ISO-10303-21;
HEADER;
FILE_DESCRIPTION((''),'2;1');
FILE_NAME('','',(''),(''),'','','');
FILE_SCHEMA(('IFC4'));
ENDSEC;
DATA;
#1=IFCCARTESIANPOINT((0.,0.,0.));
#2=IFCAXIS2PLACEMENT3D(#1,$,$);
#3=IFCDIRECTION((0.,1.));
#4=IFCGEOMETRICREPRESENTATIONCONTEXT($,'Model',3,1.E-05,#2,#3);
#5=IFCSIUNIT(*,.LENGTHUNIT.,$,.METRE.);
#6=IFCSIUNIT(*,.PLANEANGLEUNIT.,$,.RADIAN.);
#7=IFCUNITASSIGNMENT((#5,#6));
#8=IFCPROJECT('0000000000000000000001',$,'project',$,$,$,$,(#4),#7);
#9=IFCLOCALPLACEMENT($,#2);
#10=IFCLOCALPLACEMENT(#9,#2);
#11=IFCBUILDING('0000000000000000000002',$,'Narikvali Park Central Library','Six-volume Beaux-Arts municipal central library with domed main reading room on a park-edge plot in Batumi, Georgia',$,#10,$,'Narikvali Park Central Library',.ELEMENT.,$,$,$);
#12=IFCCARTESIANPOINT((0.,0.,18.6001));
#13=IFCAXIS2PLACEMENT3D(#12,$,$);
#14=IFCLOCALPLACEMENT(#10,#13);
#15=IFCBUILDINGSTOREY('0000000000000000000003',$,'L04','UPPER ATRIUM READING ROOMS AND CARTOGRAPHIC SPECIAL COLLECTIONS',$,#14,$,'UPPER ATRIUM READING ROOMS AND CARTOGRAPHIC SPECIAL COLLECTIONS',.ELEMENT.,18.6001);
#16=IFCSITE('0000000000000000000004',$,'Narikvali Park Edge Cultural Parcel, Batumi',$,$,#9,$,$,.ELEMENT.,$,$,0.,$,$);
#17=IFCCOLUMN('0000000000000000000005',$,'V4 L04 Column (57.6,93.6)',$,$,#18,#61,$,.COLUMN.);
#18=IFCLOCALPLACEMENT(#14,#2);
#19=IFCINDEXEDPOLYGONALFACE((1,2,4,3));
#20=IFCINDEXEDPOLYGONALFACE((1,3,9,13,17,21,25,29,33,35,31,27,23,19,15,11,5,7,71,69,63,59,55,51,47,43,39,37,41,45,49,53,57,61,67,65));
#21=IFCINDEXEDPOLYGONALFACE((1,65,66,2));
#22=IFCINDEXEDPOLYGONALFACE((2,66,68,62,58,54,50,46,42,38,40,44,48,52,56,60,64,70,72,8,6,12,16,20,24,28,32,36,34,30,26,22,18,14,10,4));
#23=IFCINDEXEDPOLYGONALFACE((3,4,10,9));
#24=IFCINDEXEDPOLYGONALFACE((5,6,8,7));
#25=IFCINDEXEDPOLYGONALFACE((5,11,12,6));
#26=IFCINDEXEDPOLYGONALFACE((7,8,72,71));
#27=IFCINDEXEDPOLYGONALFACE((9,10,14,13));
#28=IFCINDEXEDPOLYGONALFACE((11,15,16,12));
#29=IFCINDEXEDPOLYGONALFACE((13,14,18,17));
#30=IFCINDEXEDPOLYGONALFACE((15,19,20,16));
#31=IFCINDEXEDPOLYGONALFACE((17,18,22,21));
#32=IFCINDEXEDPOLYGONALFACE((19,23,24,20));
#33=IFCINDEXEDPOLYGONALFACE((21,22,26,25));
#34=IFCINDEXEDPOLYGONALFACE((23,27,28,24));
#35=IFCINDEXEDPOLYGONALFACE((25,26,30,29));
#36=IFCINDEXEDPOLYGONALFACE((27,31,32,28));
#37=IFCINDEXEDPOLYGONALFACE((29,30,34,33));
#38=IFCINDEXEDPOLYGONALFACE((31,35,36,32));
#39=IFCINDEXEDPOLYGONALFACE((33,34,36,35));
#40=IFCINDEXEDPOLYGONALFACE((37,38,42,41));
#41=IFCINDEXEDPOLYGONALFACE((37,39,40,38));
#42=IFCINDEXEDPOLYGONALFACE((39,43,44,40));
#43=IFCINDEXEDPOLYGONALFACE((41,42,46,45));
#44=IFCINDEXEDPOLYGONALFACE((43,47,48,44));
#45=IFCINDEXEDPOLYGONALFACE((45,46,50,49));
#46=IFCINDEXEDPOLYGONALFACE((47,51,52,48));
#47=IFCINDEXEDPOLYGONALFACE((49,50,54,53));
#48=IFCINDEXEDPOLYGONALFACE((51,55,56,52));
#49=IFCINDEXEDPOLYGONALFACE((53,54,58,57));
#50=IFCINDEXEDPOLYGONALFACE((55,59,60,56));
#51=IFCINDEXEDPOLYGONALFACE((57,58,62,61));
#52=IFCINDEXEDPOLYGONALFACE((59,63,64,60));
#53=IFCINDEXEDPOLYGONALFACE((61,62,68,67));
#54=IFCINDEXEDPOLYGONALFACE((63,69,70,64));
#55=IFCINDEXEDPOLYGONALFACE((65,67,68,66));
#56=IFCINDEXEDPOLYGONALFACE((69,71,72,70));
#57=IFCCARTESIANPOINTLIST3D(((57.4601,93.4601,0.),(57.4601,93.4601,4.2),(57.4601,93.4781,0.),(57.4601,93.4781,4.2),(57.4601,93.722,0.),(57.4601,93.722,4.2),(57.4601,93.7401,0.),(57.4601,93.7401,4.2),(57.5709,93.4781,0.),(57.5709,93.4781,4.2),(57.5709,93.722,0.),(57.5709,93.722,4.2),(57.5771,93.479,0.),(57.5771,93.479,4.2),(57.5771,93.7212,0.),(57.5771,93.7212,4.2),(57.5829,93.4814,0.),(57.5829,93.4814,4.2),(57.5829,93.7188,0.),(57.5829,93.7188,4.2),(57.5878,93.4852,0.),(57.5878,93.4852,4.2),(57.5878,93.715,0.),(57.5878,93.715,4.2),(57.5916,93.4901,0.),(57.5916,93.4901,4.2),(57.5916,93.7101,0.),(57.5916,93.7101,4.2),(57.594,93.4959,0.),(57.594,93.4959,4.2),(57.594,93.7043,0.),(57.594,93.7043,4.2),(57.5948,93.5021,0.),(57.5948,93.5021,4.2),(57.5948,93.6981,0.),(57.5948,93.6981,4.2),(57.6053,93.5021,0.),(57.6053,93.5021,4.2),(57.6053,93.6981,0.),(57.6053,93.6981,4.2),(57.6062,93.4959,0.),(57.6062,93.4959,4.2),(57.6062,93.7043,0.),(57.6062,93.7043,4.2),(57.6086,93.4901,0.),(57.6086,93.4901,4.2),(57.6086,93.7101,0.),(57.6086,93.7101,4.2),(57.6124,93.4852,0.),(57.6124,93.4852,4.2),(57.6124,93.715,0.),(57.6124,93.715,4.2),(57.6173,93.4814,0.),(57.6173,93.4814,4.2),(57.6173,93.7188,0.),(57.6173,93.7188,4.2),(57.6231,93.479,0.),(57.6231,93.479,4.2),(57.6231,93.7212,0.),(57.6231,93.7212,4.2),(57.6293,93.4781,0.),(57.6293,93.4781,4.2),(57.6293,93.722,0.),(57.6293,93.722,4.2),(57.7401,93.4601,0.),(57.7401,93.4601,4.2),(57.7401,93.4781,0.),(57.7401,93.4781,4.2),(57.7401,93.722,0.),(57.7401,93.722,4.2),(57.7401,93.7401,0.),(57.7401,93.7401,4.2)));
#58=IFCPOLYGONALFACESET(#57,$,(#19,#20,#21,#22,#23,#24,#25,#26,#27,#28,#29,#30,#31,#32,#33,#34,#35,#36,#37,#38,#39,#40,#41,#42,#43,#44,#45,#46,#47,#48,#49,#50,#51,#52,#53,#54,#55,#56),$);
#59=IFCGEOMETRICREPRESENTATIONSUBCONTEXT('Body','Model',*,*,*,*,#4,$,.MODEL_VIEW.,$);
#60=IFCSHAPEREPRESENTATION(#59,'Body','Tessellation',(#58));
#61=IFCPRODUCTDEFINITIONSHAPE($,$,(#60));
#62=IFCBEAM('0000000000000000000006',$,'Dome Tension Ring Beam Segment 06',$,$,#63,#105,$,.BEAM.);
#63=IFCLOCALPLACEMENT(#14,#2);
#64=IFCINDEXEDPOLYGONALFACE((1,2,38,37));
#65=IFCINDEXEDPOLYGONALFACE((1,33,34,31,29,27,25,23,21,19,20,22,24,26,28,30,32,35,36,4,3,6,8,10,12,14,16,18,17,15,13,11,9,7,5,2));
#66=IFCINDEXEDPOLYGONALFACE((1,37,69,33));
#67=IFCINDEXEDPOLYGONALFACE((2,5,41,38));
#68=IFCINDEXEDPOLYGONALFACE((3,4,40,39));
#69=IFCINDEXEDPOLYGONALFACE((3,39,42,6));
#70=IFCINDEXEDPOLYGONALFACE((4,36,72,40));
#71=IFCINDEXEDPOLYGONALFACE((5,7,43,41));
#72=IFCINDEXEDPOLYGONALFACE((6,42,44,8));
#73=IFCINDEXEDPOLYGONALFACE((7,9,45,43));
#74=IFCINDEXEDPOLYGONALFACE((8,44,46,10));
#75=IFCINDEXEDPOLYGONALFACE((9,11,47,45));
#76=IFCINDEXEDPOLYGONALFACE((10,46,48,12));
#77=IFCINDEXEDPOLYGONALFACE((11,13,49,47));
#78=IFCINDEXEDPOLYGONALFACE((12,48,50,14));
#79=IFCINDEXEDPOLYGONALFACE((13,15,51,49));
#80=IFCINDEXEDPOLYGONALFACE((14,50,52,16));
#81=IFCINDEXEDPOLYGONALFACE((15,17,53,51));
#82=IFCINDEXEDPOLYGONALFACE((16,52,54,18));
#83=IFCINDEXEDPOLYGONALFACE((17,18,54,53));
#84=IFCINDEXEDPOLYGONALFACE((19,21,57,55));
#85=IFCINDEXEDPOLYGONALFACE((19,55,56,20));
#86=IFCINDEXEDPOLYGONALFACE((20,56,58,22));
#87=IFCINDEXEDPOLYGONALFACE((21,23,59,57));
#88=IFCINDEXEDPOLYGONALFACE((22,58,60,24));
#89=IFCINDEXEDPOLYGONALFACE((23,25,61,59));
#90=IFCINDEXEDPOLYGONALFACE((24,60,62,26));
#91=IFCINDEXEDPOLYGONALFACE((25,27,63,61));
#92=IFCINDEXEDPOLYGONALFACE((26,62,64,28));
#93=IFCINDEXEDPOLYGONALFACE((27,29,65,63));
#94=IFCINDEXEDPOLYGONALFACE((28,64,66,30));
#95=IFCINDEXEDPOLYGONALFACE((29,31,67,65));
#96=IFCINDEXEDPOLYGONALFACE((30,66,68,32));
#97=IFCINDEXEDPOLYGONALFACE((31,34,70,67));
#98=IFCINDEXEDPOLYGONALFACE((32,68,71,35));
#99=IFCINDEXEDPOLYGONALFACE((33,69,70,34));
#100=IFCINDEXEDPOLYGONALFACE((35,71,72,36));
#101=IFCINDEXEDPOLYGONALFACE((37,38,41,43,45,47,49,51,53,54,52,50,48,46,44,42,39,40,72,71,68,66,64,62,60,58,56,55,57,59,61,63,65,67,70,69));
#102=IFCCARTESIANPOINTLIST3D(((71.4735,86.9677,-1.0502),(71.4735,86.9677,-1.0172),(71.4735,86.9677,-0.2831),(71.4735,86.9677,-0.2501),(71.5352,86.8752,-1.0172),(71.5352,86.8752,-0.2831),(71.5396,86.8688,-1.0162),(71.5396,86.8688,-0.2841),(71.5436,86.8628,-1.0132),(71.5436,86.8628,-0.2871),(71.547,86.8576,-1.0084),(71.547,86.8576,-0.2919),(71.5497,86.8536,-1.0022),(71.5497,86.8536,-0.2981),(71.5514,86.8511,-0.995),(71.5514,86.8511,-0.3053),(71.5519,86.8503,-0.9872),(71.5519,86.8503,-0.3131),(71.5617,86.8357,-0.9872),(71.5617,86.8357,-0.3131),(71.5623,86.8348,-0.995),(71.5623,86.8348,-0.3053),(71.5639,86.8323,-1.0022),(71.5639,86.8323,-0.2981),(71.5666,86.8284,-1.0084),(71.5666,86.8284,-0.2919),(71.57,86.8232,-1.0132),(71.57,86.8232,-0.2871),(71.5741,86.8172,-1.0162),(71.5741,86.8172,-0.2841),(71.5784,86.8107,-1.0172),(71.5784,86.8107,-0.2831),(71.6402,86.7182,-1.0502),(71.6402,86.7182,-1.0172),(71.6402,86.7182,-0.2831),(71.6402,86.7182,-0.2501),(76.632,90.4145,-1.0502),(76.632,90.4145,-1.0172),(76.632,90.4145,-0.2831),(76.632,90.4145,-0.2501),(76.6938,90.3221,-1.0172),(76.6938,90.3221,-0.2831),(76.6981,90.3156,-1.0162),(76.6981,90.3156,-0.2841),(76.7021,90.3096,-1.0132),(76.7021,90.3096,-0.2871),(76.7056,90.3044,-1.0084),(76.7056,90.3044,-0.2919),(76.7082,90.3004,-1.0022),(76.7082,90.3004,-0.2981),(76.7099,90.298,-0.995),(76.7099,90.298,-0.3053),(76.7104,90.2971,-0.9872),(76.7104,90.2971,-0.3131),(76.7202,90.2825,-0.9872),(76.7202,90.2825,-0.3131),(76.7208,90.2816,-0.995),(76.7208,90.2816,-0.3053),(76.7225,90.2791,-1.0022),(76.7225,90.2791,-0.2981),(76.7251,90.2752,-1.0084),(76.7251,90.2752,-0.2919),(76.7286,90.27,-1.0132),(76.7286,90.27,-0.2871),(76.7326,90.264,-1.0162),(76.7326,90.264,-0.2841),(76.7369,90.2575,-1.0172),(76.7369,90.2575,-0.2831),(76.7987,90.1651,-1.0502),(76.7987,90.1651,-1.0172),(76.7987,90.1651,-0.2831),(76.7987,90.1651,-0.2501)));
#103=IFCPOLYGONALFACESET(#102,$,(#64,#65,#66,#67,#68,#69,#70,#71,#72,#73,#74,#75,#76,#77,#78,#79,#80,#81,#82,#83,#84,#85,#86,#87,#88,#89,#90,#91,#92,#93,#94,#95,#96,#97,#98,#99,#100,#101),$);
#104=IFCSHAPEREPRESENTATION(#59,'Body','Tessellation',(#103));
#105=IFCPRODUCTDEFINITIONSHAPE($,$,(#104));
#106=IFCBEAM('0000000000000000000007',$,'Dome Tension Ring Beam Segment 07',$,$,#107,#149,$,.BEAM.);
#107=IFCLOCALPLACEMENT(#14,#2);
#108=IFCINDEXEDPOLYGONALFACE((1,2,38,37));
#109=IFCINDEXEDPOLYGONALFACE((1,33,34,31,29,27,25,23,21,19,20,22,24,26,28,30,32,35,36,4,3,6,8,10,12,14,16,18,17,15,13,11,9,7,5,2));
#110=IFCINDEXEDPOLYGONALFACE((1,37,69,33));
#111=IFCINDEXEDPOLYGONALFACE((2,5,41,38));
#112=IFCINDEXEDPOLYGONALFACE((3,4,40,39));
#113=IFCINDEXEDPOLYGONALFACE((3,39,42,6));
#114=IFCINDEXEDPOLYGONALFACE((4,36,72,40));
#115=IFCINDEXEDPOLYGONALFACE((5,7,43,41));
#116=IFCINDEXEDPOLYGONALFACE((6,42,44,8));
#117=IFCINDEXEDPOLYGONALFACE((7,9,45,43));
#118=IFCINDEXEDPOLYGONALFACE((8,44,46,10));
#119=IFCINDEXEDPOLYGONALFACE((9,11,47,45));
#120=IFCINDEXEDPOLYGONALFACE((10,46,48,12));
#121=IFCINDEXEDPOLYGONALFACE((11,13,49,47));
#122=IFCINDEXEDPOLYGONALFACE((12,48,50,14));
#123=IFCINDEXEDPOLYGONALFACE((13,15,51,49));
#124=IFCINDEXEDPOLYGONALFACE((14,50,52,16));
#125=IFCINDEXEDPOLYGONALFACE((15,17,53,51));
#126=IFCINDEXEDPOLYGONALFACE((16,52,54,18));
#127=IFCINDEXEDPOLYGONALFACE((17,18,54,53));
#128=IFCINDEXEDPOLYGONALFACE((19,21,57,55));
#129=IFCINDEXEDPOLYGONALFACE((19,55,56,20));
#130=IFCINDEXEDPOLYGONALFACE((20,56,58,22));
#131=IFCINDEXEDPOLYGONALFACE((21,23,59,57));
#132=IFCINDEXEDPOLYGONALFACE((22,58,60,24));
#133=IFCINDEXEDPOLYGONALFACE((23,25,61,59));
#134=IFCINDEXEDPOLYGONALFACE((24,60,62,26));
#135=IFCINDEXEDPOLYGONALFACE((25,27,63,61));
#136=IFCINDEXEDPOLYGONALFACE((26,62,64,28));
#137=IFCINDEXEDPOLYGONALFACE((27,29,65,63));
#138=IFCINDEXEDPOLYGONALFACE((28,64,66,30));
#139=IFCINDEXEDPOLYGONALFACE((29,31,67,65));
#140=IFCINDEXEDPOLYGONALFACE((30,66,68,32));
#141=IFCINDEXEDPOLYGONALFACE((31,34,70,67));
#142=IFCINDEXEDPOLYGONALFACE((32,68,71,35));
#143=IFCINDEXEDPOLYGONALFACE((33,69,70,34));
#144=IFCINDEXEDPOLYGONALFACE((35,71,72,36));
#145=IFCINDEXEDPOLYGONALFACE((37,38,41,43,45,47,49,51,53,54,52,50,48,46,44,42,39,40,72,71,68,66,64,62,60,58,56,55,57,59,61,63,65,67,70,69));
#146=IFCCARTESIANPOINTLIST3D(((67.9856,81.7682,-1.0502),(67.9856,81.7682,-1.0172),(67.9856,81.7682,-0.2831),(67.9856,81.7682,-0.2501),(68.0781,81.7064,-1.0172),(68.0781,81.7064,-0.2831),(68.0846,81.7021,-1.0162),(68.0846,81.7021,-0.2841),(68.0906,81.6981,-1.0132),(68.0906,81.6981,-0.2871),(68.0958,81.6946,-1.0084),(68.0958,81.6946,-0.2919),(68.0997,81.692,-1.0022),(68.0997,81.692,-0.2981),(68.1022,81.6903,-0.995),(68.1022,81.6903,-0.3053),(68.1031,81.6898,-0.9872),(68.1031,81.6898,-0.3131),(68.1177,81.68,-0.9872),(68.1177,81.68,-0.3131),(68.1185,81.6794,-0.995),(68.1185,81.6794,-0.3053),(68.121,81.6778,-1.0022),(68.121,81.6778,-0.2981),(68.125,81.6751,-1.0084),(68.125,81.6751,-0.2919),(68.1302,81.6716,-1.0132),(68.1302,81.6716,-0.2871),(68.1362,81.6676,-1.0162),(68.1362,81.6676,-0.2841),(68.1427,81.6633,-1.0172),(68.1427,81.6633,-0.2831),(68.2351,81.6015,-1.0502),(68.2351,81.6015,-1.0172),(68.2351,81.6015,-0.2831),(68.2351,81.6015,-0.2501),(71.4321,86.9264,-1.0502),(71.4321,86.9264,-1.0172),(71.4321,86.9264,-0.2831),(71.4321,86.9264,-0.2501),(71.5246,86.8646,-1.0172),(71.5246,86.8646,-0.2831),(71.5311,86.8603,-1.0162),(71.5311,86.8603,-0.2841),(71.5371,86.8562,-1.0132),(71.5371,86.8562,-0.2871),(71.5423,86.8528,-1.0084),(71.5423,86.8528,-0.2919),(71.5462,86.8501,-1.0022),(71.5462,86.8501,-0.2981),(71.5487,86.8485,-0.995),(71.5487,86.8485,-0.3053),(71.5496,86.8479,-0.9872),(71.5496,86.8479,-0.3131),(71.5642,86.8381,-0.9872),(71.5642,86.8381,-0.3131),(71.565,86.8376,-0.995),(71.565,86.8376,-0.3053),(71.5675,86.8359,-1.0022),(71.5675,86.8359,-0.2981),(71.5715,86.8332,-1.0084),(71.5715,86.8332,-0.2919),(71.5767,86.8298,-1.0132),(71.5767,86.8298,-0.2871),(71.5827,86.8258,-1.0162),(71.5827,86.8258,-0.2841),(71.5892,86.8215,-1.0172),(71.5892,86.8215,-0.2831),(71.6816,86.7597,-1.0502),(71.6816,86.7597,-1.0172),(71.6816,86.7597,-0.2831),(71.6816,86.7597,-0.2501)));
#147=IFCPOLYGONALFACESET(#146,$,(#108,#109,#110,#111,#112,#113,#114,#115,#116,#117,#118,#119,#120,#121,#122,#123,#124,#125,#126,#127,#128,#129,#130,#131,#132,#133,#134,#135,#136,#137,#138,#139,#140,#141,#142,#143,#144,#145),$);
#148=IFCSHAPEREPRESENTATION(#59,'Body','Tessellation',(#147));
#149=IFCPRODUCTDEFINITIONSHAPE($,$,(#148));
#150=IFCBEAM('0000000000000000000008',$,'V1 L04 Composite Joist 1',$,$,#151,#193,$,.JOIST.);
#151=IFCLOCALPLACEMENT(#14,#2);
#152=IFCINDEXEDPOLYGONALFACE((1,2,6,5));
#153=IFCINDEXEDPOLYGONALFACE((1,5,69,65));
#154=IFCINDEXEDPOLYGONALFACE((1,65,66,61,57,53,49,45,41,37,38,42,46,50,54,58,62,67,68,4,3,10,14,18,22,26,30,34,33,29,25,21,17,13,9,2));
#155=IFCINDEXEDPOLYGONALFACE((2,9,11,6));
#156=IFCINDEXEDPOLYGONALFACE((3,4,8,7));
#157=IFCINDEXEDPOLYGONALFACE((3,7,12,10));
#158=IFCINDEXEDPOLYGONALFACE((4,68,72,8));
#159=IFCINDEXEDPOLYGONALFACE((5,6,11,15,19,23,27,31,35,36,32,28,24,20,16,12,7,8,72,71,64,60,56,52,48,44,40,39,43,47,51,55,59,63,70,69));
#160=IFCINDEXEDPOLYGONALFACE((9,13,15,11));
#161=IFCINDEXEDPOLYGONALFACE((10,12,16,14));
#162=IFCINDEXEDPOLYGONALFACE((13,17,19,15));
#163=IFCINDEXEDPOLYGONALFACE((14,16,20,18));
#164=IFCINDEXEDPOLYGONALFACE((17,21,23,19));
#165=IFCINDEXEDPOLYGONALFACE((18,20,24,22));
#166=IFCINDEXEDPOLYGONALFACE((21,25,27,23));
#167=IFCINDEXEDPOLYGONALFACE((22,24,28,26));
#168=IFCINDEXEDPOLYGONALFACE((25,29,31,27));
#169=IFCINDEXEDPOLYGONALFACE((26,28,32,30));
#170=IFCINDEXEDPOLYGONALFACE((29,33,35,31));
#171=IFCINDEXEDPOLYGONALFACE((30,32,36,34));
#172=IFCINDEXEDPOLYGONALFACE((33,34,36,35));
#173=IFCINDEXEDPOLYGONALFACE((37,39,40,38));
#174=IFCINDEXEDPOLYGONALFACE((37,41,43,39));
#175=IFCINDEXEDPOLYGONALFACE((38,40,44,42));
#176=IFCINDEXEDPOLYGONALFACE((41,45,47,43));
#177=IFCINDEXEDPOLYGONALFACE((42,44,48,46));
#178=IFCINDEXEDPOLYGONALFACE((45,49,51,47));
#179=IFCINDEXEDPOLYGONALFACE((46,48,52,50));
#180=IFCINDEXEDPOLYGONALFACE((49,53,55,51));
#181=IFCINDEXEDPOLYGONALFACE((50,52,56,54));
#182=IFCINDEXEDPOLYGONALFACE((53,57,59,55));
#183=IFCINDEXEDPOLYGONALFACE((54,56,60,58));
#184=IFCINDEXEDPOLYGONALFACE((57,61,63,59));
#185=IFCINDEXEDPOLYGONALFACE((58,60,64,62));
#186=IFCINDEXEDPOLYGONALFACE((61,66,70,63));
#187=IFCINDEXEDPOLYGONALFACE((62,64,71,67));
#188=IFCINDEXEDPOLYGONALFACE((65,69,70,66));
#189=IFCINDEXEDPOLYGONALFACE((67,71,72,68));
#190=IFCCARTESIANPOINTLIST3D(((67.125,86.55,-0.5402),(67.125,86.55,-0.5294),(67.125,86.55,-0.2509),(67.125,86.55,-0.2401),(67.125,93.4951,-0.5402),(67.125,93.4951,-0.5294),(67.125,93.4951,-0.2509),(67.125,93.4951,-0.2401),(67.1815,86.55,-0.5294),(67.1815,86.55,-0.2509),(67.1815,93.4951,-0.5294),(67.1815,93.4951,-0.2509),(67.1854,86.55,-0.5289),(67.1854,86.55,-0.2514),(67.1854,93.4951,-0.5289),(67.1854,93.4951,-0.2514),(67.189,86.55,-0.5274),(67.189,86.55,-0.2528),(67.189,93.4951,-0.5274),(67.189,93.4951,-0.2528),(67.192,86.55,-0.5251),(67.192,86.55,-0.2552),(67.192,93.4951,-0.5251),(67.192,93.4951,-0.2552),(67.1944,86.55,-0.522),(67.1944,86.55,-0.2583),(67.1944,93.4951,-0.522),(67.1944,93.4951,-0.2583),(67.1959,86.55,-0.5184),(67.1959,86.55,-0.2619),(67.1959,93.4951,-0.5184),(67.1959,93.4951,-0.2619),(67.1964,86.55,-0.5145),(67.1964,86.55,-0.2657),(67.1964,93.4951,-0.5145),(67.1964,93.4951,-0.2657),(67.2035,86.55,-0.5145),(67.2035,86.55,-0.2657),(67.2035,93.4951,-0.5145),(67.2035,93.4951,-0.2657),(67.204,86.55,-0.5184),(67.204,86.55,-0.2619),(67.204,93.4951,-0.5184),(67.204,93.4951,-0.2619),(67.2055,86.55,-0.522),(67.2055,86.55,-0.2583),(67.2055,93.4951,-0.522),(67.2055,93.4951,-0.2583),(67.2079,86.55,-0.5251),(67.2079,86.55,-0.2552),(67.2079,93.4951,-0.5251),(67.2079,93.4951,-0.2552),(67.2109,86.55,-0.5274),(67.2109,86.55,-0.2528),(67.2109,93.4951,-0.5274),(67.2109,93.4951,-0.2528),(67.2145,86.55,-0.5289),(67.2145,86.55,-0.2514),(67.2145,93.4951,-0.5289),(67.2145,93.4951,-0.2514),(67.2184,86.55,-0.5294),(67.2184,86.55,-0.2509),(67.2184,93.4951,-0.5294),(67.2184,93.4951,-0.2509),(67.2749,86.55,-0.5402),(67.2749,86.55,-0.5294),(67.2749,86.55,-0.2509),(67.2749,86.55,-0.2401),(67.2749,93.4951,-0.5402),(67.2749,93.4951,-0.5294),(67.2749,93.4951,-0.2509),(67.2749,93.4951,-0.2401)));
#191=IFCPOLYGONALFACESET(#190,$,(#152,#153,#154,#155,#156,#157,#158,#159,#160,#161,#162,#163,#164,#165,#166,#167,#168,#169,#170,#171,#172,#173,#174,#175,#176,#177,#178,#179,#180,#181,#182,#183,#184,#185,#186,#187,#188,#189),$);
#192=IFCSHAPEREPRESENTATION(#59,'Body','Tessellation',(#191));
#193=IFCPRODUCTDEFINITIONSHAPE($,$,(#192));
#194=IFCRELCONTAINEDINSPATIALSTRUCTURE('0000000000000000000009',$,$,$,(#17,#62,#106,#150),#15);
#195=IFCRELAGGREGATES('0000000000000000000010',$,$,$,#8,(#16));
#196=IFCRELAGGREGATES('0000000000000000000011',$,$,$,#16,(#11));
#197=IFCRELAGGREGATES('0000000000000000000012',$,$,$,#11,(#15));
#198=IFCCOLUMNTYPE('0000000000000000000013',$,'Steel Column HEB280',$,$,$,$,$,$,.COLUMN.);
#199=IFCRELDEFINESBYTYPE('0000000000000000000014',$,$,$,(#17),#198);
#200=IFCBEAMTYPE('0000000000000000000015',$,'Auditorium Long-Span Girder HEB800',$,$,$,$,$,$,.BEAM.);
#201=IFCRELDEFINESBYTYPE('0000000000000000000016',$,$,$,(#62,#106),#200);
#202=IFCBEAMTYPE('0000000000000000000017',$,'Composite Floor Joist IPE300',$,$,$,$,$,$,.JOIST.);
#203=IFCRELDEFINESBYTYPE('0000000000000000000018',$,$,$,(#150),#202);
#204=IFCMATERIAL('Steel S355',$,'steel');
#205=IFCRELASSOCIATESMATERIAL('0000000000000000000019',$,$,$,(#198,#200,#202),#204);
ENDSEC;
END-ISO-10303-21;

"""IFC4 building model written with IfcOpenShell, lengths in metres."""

from ifc_helpers import new_model, si_unit, direction, frame, origin, origin_2d, place, context, subcontext, project, spatial, i_section, extrude, material, material_profile, profile_set, type_object, element, save


model = new_model("IFC4")

# Units and contexts
model_context = context("Model", 3, precision=1e-05, world=origin(), true_north=direction((0.0, 1.0)))
body_context = subcontext(model_context, "Body", "Model", "MODEL_VIEW")
ifc_project = project(units=[si_unit("LENGTHUNIT", "METRE"), si_unit("PLANEANGLEUNIT", "RADIAN")], contexts=[model_context])

# Site, building, storey
site_placement = place(None, origin())
site = spatial("IfcSite", under=ifc_project, at=site_placement, Name="Narikvali Park Edge Cultural Parcel, Batumi", CompositionType="ELEMENT", RefElevation=0.0)
building_placement = place(site_placement, origin())
building = spatial("IfcBuilding", under=site, at=building_placement, Name="Narikvali Park Central Library", Description="Six-volume Beaux-Arts municipal central library with domed main reading room on a park-edge plot in Batumi, Georgia", LongName="Narikvali Park Central Library", CompositionType="ELEMENT")
storey_placement = place(building_placement, frame((0.0, 0.0, 18.6001)))
storey = spatial("IfcBuildingStorey", under=building, at=storey_placement, Name="L04", Description="UPPER ATRIUM READING ROOMS AND CARTOGRAPHIC SPECIAL COLLECTIONS", LongName="UPPER ATRIUM READING ROOMS AND CARTOGRAPHIC SPECIAL COLLECTIONS", CompositionType="ELEMENT", Elevation=18.6001)

# Column
ifc_material_1 = material(Name="Steel S355", Category="steel")
ifc_material_profile_1 = material_profile(ifc_material_1, i_section(OverallWidth=0.28, OverallDepth=0.28, WebThickness=0.0105, FlangeThickness=0.0181, FilletRadius=0.0239, at=origin_2d()), Name="HEB 280")
ifc_profile_set_1 = profile_set([ifc_material_profile_1], Name="Steel S355")
column_type = type_object("IfcColumnType", Name="Steel Column HEB280", PredefinedType="COLUMN", material=ifc_profile_set_1)
column_placement = place(storey_placement, frame((57.6001, 93.6001, 0.0), z_axis=(0.0, 0.0, 1.0), x_axis=(1.0, 0.0, 0.0)))
element("IfcColumn", 1, at=column_placement, inside=storey, type_object=column_type, Name="V4 L04 Column (57.6,93.6)", PredefinedType="COLUMN", context=body_context, shape_type="SweptSolid", body=[
    extrude(i_section(OverallWidth=0.28, OverallDepth=0.28, WebThickness=0.0105, FlangeThickness=0.0181, FilletRadius=0.0239, at=origin_2d()), origin(), (0.0, 0.0, 1.0), 4.2),
])

# Beams
ifc_material_profile_2 = material_profile(ifc_material_1, i_section(OverallWidth=0.3, OverallDepth=0.8, WebThickness=0.0176, FlangeThickness=0.033, FilletRadius=0.03, at=origin_2d()), Name="HEB 800")
ifc_profile_set_2 = profile_set([ifc_material_profile_2], Name="Steel S355")
beam_type_1 = type_object("IfcBeamType", Name="Auditorium Long-Span Girder HEB800", PredefinedType="BEAM", material=ifc_profile_set_2)
beam_1_placement = place(storey_placement, frame((76.7153, 90.2898, -0.6501), z_axis=(-0.831469, -0.555572, 0.0), x_axis=(0.555572, -0.831469, 0.0)))
element("IfcBeam", 2, at=beam_1_placement, inside=storey, type_object=beam_type_1, Name="Dome Tension Ring Beam Segment 06", PredefinedType="BEAM", context=body_context, shape_type="SweptSolid", body=[
    extrude(i_section(OverallWidth=0.3, OverallDepth=0.8, WebThickness=0.0176, FlangeThickness=0.033, FilletRadius=0.03, at=origin_2d()), origin(), (0.0, 0.0, 1.0), 6.2041),
])
beam_2_placement = place(storey_placement, frame((71.5569, 86.843, -0.6501), z_axis=(-0.555563, -0.831475, 0.0), x_axis=(0.831475, -0.555563, 0.0)))
element("IfcBeam", 3, at=beam_2_placement, inside=storey, type_object=beam_type_1, Name="Dome Tension Ring Beam Segment 07", PredefinedType="BEAM", context=body_context, shape_type="SweptSolid", body=[
    extrude(i_section(OverallWidth=0.3, OverallDepth=0.8, WebThickness=0.0176, FlangeThickness=0.033, FilletRadius=0.03, at=origin_2d()), origin(), (0.0, 0.0, 1.0), 6.2036),
])
ifc_material_profile_3 = material_profile(ifc_material_1, i_section(OverallWidth=0.1499, OverallDepth=0.3, WebThickness=0.0071, FlangeThickness=0.0107, FilletRadius=0.0149, at=origin_2d()), Name="IPE 300")
ifc_profile_set_3 = profile_set([ifc_material_profile_3], Name="Steel S355")
beam_type_2 = type_object("IfcBeamType", Name="Composite Floor Joist IPE300", PredefinedType="JOIST", material=ifc_profile_set_3)
for number, where, z_axis, x_axis, name in (
    (4, (67.2, 86.55, -0.3901), (0.0, 1.0, 0.0), (-1.0, 0.0, 0.0), "V1 L04 Composite Joist 1"),
):
    element("IfcBeam", number, at=place(storey_placement, frame(where, z_axis=z_axis, x_axis=x_axis)), inside=storey, type_object=beam_type_2, Name=name, PredefinedType="JOIST", context=body_context, shape_type="SweptSolid", body=[
        extrude(i_section(OverallWidth=0.1499, OverallDepth=0.3, WebThickness=0.0071, FlangeThickness=0.0107, FilletRadius=0.0149, at=origin_2d()), origin(), (0.0, 0.0, 1.0), 6.9451),
    ])

save(model, "model.ifc")
